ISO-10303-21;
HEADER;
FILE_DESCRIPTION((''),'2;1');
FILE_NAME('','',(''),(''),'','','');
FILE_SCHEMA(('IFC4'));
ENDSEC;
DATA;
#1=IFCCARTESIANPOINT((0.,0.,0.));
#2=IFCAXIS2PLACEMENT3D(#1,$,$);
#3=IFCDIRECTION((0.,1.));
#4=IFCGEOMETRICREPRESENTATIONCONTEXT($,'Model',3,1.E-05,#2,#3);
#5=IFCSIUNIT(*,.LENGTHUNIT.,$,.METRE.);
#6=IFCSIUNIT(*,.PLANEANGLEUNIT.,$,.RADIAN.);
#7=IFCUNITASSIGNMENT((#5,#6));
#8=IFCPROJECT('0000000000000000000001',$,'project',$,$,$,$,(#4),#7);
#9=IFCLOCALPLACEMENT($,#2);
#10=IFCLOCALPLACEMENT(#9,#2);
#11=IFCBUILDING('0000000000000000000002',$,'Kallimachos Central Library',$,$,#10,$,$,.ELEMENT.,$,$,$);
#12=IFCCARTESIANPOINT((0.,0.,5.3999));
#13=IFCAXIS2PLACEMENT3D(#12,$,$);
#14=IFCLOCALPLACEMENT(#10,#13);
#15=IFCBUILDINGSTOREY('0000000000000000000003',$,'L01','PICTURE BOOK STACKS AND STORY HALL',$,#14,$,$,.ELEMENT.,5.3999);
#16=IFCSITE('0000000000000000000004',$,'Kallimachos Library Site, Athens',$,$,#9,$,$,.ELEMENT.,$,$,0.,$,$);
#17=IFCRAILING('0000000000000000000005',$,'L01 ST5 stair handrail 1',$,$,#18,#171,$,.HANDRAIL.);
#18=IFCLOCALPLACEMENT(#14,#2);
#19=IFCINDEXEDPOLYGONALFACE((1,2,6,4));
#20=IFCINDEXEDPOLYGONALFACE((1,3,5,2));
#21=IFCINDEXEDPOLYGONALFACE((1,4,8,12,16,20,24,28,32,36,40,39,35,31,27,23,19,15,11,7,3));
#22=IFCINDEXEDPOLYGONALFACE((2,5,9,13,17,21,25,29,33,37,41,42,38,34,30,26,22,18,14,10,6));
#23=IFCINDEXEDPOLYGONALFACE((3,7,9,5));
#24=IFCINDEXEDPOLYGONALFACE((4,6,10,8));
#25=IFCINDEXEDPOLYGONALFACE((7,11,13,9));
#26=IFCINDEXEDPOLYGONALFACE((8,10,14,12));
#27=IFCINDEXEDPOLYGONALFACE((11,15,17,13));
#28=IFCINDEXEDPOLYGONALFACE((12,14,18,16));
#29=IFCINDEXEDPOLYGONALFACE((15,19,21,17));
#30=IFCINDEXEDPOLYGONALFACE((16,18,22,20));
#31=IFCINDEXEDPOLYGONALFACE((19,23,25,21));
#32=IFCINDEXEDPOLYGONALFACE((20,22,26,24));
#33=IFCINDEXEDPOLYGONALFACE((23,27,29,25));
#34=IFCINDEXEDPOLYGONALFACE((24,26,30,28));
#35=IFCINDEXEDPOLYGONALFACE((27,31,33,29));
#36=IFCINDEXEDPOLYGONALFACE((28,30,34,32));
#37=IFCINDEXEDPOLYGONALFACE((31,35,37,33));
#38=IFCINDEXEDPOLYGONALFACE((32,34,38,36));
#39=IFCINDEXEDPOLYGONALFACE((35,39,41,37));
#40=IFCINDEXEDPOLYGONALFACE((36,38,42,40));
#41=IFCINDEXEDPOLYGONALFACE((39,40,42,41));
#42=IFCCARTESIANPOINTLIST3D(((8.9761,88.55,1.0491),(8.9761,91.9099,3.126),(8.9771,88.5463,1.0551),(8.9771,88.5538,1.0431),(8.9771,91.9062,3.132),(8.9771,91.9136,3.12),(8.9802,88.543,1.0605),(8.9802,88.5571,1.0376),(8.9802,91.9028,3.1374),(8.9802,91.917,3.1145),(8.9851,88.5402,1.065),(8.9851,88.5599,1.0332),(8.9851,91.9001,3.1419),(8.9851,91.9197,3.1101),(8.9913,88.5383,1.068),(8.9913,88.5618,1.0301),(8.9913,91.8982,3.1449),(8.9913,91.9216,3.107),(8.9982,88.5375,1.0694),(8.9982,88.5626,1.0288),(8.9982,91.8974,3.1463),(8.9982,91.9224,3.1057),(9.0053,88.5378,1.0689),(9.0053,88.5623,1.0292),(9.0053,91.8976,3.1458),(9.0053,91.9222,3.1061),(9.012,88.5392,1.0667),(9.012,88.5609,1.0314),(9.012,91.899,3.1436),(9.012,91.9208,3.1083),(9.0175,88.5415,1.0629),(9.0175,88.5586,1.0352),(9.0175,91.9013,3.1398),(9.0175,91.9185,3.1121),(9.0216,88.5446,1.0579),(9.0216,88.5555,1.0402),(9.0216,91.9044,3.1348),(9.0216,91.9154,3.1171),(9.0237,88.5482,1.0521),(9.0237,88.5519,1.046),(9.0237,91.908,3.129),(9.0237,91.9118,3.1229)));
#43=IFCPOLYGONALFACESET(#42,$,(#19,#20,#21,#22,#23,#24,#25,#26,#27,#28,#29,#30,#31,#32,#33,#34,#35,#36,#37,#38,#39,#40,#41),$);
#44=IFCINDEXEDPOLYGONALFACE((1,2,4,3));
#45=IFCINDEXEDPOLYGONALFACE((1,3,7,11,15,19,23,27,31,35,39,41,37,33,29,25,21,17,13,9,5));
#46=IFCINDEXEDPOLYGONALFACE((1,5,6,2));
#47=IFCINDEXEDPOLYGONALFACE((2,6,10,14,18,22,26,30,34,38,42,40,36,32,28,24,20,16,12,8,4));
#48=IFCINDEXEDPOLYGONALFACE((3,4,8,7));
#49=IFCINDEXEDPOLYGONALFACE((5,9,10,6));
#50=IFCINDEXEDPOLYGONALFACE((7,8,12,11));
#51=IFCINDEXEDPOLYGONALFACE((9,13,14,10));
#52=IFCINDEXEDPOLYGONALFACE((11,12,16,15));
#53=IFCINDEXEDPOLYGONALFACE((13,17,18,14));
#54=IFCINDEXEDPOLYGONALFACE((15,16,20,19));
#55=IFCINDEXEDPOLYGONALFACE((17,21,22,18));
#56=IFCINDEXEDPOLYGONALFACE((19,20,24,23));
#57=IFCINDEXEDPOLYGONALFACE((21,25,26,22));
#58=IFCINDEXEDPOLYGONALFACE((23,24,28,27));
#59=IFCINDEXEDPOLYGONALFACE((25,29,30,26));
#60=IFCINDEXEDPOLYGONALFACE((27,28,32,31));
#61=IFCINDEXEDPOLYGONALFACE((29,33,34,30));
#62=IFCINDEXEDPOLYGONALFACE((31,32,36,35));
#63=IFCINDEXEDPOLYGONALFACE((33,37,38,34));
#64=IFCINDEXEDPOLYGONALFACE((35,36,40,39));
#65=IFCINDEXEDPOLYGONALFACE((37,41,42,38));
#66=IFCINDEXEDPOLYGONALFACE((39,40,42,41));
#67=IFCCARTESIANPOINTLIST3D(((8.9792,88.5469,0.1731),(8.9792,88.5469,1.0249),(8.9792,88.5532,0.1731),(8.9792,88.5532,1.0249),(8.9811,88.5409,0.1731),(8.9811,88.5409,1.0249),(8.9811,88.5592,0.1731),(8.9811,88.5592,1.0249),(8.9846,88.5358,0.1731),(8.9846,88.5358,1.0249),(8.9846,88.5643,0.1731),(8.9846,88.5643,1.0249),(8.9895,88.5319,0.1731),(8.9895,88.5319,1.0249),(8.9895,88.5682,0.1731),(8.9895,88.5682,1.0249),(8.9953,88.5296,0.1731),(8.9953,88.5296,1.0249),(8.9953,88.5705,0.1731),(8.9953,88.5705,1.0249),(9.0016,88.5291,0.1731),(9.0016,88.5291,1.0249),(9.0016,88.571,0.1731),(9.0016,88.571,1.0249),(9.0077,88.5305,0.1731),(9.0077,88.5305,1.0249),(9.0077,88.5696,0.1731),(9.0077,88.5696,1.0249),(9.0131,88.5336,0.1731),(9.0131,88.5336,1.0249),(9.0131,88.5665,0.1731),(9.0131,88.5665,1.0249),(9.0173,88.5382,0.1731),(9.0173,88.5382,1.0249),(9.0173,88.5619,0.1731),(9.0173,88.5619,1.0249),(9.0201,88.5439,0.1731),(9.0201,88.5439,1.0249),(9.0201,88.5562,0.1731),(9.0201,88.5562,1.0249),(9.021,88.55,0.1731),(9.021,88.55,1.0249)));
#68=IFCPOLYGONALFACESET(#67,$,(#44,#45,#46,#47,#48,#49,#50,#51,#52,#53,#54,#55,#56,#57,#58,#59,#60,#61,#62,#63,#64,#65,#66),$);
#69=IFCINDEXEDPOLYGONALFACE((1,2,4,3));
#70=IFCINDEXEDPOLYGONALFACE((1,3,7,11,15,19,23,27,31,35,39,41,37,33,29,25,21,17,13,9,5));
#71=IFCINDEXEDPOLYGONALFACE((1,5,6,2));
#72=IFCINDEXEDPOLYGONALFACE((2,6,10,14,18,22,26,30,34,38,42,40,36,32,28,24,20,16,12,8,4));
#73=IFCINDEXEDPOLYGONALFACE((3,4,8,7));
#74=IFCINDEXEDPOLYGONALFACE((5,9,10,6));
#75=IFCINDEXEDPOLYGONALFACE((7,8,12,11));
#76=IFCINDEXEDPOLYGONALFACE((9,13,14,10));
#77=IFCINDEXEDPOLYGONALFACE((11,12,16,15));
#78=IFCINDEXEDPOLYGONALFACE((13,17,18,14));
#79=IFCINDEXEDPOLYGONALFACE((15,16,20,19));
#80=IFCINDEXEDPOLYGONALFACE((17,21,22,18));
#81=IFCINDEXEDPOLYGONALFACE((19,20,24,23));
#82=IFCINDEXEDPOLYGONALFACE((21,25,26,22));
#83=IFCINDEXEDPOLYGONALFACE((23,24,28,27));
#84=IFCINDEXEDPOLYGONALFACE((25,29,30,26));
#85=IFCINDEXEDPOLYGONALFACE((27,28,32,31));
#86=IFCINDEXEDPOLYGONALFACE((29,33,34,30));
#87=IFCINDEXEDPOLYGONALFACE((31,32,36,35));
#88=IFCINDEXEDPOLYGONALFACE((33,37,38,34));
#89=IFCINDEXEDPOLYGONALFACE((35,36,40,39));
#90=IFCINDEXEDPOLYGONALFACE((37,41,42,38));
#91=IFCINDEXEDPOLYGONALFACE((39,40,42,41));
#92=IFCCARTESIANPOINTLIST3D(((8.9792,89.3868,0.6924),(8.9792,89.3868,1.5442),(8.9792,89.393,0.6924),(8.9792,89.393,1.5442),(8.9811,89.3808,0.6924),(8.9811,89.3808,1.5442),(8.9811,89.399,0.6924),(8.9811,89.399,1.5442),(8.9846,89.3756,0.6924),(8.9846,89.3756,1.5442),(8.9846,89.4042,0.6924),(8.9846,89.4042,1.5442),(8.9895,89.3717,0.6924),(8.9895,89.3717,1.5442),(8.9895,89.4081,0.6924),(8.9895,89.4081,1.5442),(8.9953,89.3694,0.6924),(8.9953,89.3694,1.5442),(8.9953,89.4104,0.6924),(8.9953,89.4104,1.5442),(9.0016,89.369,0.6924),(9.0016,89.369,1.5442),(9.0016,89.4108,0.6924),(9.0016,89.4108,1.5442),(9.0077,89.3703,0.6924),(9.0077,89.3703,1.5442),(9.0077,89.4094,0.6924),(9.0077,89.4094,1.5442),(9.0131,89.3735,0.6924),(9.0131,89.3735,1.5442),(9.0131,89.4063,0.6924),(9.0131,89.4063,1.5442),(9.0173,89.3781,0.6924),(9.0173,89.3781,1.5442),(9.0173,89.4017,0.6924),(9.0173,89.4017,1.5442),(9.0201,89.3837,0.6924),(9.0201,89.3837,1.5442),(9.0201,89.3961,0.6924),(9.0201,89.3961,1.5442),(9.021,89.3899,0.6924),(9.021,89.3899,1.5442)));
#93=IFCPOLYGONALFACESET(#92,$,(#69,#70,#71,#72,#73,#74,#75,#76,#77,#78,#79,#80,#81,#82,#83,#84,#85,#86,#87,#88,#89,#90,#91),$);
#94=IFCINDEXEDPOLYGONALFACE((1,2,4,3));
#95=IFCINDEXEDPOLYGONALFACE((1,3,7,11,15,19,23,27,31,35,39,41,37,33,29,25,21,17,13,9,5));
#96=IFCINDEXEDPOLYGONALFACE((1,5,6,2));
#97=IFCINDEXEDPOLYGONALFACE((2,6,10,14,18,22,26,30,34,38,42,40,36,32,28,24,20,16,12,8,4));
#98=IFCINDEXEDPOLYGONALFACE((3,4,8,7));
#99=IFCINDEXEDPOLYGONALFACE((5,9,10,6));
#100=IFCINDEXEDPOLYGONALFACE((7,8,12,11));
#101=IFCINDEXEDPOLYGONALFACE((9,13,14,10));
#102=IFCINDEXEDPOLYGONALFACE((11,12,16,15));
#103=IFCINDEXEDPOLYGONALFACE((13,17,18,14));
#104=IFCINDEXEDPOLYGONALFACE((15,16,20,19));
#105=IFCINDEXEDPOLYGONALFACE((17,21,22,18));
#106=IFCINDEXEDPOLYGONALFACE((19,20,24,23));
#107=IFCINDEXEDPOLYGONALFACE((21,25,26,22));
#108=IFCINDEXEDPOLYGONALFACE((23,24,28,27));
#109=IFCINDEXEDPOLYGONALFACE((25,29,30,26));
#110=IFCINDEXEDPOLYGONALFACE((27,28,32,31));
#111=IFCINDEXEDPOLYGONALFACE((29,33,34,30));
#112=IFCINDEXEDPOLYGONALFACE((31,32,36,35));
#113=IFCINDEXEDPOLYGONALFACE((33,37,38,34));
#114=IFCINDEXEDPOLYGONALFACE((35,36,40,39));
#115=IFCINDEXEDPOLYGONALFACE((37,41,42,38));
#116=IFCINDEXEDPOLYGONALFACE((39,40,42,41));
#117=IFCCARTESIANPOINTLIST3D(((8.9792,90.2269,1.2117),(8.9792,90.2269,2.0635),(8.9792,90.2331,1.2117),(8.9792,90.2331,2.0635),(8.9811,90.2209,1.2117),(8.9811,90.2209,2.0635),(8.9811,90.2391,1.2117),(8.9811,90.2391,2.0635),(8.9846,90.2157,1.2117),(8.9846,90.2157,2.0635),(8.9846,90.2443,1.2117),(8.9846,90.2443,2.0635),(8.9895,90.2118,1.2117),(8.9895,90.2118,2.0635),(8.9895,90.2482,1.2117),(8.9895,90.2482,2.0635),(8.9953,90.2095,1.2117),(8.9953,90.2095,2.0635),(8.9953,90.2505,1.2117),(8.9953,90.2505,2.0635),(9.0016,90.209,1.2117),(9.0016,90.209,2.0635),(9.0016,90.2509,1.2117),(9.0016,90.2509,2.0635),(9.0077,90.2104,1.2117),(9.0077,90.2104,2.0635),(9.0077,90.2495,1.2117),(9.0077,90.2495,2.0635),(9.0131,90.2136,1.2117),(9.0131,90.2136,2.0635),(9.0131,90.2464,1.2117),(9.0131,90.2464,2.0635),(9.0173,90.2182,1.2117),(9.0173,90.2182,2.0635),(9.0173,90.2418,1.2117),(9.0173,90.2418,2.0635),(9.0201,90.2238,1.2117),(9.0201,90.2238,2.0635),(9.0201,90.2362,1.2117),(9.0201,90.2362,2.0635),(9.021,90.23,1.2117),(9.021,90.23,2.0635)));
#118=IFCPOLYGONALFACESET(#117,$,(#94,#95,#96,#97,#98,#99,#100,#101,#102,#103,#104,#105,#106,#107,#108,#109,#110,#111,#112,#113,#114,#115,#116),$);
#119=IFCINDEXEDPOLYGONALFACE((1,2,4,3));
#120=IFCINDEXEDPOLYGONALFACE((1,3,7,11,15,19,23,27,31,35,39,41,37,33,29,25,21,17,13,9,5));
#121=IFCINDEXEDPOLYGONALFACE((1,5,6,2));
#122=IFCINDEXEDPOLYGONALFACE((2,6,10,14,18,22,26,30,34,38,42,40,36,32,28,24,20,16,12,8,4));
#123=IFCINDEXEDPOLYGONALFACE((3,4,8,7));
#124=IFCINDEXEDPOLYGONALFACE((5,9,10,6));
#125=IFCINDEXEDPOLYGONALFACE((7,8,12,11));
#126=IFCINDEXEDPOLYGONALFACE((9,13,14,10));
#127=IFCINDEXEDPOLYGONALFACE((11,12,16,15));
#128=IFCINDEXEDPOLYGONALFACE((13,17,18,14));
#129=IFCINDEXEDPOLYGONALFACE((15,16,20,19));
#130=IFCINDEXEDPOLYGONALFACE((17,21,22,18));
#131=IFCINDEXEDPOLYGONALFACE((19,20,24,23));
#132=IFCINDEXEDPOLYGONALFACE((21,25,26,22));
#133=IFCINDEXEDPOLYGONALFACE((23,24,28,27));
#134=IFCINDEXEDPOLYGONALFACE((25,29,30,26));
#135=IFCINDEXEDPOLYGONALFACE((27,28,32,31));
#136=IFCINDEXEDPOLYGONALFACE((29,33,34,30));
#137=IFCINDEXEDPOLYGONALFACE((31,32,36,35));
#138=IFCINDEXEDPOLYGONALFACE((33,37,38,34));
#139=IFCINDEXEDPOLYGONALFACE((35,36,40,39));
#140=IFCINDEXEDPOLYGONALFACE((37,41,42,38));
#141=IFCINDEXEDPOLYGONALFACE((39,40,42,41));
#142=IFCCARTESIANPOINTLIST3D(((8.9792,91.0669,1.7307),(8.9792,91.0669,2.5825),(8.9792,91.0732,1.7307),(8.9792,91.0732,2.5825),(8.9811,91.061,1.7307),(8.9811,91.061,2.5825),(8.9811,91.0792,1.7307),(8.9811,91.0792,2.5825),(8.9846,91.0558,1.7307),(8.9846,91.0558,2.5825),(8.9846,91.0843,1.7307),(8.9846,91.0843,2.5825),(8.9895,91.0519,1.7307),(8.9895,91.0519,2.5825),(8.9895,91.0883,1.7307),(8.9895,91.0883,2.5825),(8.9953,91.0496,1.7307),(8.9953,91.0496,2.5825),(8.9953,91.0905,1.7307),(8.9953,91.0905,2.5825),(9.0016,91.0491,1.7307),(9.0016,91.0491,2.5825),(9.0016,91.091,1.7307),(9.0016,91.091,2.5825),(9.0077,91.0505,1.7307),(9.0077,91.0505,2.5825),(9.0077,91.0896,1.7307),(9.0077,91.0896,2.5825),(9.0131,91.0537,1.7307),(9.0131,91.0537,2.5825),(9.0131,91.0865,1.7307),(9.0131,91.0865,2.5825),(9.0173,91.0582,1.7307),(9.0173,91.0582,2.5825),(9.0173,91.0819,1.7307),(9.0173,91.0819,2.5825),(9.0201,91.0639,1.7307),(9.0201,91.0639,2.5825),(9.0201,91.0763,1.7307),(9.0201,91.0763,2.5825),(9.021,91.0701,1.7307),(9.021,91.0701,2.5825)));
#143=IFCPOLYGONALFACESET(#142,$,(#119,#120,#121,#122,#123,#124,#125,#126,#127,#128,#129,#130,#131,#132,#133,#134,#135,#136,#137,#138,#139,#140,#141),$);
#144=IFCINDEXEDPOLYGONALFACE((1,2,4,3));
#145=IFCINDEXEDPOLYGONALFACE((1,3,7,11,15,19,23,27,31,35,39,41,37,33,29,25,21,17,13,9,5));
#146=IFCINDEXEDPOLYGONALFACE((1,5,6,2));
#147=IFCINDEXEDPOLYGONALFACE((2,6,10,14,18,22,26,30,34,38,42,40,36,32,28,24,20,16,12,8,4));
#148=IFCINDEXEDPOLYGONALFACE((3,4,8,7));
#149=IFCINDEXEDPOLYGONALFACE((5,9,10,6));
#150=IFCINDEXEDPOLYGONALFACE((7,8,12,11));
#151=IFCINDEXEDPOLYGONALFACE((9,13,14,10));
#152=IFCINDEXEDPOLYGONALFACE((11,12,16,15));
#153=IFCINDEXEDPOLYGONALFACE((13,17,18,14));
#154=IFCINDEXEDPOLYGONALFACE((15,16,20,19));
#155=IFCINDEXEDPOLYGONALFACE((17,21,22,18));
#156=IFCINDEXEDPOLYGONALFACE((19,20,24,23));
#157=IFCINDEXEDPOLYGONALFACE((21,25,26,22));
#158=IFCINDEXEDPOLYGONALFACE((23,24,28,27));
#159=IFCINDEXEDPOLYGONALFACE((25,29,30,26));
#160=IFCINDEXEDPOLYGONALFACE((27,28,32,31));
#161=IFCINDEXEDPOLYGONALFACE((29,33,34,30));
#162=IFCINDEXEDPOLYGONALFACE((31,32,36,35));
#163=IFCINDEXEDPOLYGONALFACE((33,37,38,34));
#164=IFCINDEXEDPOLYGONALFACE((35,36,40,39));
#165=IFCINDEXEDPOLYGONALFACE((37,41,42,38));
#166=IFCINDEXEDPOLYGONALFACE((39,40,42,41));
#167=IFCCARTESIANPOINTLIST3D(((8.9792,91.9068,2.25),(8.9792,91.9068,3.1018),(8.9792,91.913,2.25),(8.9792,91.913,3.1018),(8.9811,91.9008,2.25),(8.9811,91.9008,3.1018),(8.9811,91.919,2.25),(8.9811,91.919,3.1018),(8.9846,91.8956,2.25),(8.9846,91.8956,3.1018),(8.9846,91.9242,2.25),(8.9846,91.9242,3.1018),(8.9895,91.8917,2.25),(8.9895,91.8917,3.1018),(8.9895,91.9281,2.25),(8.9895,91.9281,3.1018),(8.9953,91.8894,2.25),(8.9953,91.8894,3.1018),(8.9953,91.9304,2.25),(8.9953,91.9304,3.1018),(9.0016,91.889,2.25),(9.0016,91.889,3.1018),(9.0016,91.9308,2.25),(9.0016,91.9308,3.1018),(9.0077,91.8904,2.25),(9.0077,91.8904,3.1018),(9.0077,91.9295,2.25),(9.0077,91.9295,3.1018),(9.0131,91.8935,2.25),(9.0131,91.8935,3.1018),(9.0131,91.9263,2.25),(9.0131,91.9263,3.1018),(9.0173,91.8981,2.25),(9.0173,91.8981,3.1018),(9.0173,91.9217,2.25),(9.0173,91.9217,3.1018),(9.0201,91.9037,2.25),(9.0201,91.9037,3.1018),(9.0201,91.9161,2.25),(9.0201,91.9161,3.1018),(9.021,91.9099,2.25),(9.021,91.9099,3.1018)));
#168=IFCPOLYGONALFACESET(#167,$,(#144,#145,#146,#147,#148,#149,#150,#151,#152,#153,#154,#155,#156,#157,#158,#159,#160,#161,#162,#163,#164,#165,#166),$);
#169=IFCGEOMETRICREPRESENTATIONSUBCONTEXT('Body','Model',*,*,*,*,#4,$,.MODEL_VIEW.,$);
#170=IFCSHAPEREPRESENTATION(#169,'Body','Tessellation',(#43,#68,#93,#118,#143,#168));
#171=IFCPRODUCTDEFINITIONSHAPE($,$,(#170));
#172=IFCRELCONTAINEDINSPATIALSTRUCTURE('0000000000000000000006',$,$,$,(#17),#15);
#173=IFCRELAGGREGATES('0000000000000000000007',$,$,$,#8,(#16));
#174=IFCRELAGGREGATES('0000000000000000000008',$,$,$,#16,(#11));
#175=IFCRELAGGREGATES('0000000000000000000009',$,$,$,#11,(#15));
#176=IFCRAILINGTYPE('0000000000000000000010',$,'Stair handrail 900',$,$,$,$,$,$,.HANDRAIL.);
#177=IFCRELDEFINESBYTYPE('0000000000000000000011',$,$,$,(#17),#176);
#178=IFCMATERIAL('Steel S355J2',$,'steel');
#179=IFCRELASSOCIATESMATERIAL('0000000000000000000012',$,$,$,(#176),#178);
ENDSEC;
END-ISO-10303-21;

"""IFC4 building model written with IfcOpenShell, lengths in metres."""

from ifc_helpers import new_model, si_unit, direction, frame, origin, origin_2d, place, context, subcontext, project, spatial, circle, extrude, material, type_object, element, save


model = new_model("IFC4")

# Units and contexts
model_context = context("Model", 3, precision=1e-05, world=origin(), true_north=direction((0.0, 1.0)))
body_context = subcontext(model_context, "Body", "Model", "MODEL_VIEW")
ifc_project = project(units=[si_unit("LENGTHUNIT", "METRE"), si_unit("PLANEANGLEUNIT", "RADIAN")], contexts=[model_context])

# Site, building, storey
site_placement = place(None, origin())
site = spatial("IfcSite", under=ifc_project, at=site_placement, Name="Kallimachos Library Site, Athens", CompositionType="ELEMENT", RefElevation=0.0)
building_placement = place(site_placement, origin())
building = spatial("IfcBuilding", under=site, at=building_placement, Name="Kallimachos Central Library", CompositionType="ELEMENT")
storey_placement = place(building_placement, frame((0.0, 0.0, 5.3999)))
storey = spatial("IfcBuildingStorey", under=building, at=storey_placement, Name="L01", Description="PICTURE BOOK STACKS AND STORY HALL", CompositionType="ELEMENT", Elevation=5.3999)

# Railing
ifc_material_1 = material(Name="Steel S355J2", Category="steel")
railing_type_1 = type_object("IfcRailingType", Name="Stair handrail 900", PredefinedType="HANDRAIL", material=ifc_material_1)
railing_1_placement = place(storey_placement, frame((9.0, 88.55, 0.1731)))
element("IfcRailing", 1, at=railing_1_placement, inside=storey, type_object=railing_type_1, Name="L01 ST5 stair handrail 1", PredefinedType="HANDRAIL", context=body_context, shape_type="SweptSolid", body=[
    extrude(circle(Radius=0.0239, at=origin_2d()), frame((0.0, 0.0, 0.876), z_axis=(0.0, 0.850606, 0.525803), x_axis=(-1.0, 0.0, 0.0)), (0.0, 0.0, 1.0), 3.95),
    extrude(circle(Radius=0.021, at=origin_2d()), origin(), (0.0, 0.0, 1.0), 0.8518),
    extrude(circle(Radius=0.021, at=origin_2d()), frame((0.0, 0.8398, 0.5193)), (0.0, 0.0, 1.0), 0.8518),
    extrude(circle(Radius=0.021, at=origin_2d()), frame((0.0, 1.6799, 1.0386)), (0.0, 0.0, 1.0), 0.8518),
    extrude(circle(Radius=0.021, at=origin_2d()), frame((0.0, 2.52, 1.5576)), (0.0, 0.0, 1.0), 0.8518),
    extrude(circle(Radius=0.021, at=origin_2d()), frame((0.0, 3.3599, 2.0769)), (0.0, 0.0, 1.0), 0.8518),
])

save(model, "model.ifc")
